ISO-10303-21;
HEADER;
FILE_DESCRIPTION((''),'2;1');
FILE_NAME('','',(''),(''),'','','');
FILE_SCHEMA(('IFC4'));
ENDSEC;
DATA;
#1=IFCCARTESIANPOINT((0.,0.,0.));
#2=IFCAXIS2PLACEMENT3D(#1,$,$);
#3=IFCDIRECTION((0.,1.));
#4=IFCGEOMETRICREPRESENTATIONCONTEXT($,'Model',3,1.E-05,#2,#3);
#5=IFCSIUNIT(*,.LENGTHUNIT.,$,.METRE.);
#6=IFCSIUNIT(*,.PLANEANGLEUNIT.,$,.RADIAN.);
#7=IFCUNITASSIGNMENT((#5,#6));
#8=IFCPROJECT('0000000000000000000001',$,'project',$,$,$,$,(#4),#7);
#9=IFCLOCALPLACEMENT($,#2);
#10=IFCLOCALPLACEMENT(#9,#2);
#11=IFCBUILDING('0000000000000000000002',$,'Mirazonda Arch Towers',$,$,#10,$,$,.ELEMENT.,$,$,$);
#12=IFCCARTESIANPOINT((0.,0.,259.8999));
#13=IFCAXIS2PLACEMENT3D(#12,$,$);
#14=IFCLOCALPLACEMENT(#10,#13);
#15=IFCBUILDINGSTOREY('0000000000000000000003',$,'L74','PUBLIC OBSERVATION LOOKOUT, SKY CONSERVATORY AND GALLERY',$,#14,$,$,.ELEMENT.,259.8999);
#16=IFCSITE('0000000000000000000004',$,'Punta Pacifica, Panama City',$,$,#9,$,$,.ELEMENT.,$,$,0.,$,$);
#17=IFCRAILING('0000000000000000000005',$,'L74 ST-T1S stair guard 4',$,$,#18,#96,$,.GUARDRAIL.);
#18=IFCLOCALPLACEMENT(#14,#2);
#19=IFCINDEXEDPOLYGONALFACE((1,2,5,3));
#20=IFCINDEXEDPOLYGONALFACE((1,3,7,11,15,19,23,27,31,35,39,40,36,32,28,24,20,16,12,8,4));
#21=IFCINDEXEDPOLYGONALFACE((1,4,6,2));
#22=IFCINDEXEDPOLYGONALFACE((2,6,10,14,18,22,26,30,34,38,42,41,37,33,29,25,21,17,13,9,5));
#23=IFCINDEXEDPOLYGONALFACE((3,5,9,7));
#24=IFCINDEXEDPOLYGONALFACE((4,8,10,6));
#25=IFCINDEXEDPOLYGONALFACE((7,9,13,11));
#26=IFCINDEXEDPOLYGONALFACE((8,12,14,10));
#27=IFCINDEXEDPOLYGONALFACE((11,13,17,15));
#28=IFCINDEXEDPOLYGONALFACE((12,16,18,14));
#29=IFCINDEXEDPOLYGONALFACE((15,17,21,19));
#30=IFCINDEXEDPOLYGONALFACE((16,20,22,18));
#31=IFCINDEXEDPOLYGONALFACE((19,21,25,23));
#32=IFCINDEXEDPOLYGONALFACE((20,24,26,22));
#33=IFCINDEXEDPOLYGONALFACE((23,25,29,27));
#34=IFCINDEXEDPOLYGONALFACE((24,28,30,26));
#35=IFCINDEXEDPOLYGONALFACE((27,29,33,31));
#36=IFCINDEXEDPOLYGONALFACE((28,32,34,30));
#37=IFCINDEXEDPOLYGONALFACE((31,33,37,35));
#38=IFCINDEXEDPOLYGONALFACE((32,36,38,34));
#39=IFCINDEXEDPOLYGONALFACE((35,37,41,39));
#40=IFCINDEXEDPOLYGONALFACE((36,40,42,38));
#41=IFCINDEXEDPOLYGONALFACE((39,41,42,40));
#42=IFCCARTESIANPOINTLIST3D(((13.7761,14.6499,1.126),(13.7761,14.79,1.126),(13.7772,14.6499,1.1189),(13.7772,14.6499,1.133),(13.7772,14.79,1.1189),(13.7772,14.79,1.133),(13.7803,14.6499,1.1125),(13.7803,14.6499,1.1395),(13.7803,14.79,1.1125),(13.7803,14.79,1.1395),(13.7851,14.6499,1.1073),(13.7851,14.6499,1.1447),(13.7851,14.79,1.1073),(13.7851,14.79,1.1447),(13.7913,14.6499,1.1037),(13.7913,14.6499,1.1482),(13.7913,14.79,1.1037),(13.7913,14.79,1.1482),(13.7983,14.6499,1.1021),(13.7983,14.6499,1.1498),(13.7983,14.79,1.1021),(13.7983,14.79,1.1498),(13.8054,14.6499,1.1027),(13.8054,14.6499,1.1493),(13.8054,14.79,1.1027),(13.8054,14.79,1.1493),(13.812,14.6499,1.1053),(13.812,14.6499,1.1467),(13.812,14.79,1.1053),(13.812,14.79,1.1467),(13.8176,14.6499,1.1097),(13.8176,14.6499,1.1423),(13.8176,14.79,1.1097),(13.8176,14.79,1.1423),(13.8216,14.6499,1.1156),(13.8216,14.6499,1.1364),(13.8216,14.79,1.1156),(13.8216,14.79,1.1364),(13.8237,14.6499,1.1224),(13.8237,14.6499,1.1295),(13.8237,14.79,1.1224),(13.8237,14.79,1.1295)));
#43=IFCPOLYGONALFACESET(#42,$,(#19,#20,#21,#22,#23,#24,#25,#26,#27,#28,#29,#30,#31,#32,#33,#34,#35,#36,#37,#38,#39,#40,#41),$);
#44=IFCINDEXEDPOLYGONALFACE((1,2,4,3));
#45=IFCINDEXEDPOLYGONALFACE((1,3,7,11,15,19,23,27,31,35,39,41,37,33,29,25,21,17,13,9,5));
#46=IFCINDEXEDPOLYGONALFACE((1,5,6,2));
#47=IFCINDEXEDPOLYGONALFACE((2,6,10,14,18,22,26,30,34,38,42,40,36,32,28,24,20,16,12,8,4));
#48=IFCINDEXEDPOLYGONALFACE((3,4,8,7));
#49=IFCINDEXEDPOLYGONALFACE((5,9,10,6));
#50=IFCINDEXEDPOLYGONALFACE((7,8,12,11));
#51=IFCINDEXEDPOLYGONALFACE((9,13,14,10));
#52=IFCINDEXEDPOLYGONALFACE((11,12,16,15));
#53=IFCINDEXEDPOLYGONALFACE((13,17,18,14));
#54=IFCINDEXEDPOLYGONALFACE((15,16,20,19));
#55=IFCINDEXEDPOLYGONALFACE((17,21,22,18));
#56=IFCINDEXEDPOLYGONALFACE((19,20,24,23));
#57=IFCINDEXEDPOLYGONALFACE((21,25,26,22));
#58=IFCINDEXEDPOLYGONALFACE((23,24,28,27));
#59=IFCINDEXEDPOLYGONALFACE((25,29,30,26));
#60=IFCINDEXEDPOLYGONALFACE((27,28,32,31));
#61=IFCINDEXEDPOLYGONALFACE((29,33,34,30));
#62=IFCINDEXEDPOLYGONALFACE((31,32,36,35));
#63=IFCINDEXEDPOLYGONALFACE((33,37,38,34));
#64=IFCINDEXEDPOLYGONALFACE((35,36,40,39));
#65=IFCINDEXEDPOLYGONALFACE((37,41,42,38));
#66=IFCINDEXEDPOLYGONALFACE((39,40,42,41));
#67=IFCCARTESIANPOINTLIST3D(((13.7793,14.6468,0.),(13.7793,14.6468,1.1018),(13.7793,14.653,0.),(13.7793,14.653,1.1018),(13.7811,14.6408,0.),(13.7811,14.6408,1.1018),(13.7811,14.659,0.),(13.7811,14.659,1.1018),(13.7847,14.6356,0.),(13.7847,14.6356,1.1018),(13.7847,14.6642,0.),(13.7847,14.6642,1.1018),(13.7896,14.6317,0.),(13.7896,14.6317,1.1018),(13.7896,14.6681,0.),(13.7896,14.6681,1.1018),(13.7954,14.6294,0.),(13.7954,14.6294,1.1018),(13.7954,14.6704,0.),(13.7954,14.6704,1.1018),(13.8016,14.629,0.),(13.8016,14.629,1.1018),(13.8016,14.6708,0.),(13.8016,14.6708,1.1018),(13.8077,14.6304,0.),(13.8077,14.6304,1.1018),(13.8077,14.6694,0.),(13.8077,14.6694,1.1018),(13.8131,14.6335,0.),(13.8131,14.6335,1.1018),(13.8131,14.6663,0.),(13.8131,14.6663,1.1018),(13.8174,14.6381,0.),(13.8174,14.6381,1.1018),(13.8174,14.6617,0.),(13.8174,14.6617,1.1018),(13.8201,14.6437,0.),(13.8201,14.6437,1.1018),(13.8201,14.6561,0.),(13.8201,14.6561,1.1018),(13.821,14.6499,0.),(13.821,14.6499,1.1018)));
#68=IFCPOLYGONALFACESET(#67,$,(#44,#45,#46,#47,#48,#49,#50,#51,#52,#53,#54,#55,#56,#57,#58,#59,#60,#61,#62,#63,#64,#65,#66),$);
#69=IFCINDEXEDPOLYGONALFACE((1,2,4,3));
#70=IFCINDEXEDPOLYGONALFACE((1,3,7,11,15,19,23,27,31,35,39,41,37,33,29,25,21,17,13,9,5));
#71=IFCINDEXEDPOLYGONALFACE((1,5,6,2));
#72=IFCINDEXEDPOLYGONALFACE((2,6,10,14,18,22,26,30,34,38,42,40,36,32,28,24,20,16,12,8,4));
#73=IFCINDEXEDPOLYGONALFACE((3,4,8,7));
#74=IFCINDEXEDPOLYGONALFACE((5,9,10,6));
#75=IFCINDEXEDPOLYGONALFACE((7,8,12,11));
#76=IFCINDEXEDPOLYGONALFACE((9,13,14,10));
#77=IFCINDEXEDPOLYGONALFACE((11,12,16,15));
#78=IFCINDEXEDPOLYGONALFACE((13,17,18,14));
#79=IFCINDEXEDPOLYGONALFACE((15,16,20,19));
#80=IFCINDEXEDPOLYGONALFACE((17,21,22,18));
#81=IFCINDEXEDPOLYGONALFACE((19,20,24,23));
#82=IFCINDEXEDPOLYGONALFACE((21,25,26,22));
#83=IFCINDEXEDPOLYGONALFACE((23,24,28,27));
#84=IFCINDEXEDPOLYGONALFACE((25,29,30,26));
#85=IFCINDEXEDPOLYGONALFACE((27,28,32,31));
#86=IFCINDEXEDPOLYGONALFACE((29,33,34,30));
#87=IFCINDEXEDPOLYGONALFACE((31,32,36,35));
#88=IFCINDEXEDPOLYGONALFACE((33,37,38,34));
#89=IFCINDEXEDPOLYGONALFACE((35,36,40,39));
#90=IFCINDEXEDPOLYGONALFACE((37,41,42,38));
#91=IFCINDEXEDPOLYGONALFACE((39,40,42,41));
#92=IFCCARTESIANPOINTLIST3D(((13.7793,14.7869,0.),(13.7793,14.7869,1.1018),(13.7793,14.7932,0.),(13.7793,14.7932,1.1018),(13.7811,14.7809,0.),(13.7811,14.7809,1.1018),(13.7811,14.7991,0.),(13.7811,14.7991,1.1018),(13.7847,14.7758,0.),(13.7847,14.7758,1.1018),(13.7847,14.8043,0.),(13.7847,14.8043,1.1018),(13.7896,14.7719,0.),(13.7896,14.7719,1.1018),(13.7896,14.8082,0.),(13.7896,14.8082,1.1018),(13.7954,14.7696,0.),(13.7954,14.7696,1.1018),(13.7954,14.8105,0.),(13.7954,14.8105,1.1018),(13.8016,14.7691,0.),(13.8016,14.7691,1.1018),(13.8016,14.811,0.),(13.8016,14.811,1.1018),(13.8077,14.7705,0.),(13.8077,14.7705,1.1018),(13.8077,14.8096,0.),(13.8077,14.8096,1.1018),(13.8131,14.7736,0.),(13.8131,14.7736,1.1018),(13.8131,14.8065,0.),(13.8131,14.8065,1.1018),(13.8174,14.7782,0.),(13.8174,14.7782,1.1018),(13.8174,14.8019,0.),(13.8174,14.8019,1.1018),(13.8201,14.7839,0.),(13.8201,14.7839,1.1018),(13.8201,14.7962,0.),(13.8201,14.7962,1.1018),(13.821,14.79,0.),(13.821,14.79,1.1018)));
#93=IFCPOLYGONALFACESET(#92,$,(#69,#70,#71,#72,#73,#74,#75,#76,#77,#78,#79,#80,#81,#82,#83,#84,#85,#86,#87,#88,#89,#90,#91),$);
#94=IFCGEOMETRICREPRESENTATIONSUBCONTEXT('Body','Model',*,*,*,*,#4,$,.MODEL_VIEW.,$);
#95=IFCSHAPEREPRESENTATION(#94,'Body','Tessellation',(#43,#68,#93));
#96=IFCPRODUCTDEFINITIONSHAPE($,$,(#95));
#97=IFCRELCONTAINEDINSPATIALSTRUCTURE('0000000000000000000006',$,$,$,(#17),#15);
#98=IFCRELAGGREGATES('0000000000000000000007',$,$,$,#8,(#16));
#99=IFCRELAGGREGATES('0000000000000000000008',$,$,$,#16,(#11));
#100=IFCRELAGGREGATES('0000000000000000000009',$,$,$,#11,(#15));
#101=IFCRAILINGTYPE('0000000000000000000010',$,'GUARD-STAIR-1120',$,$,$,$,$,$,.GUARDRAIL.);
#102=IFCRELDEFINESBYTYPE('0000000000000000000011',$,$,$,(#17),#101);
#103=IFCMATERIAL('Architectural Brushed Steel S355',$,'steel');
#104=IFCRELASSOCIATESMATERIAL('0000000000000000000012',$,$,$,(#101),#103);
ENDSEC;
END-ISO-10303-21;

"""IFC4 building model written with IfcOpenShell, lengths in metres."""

from ifc_helpers import new_model, si_unit, direction, frame, origin, origin_2d, place, context, subcontext, project, spatial, circle, extrude, material, type_object, element, save


model = new_model("IFC4")

# Units and contexts
model_context = context("Model", 3, precision=1e-05, world=origin(), true_north=direction((0.0, 1.0)))
body_context = subcontext(model_context, "Body", "Model", "MODEL_VIEW")
ifc_project = project(units=[si_unit("LENGTHUNIT", "METRE"), si_unit("PLANEANGLEUNIT", "RADIAN")], contexts=[model_context])

# Site, building, storey
site_placement = place(None, origin())
site = spatial("IfcSite", under=ifc_project, at=site_placement, Name="Punta Pacifica, Panama City", CompositionType="ELEMENT", RefElevation=0.0)
building_placement = place(site_placement, origin())
building = spatial("IfcBuilding", under=site, at=building_placement, Name="Mirazonda Arch Towers", CompositionType="ELEMENT")
storey_placement = place(building_placement, frame((0.0, 0.0, 259.8999)))
storey = spatial("IfcBuildingStorey", under=building, at=storey_placement, Name="L74", Description="PUBLIC OBSERVATION LOOKOUT, SKY CONSERVATORY AND GALLERY", CompositionType="ELEMENT", Elevation=259.8999)

# Railing
ifc_material_1 = material(Name="Architectural Brushed Steel S355", Category="steel")
railing_type_1 = type_object("IfcRailingType", Name="GUARD-STAIR-1120", PredefinedType="GUARDRAIL", material=ifc_material_1)
railing_1_placement = place(storey_placement, frame((13.8, 14.6499, 0.0)))
element("IfcRailing", 1, at=railing_1_placement, inside=storey, type_object=railing_type_1, Name="L74 ST-T1S stair guard 4", PredefinedType="GUARDRAIL", context=body_context, shape_type="SweptSolid", body=[
    extrude(circle(Radius=0.0239, at=origin_2d()), frame((0.0, 0.0, 1.126), z_axis=(0.0, 1.0, 0.0), x_axis=(-1.0, 0.0, 0.0)), (0.0, 0.0, 1.0), 0.1401),
    extrude(circle(Radius=0.021, at=origin_2d()), origin(), (0.0, 0.0, 1.0), 1.1018),
    extrude(circle(Radius=0.021, at=origin_2d()), frame((0.0, 0.1401, 0.0)), (0.0, 0.0, 1.0), 1.1018),
])

save(model, "model.ifc")
